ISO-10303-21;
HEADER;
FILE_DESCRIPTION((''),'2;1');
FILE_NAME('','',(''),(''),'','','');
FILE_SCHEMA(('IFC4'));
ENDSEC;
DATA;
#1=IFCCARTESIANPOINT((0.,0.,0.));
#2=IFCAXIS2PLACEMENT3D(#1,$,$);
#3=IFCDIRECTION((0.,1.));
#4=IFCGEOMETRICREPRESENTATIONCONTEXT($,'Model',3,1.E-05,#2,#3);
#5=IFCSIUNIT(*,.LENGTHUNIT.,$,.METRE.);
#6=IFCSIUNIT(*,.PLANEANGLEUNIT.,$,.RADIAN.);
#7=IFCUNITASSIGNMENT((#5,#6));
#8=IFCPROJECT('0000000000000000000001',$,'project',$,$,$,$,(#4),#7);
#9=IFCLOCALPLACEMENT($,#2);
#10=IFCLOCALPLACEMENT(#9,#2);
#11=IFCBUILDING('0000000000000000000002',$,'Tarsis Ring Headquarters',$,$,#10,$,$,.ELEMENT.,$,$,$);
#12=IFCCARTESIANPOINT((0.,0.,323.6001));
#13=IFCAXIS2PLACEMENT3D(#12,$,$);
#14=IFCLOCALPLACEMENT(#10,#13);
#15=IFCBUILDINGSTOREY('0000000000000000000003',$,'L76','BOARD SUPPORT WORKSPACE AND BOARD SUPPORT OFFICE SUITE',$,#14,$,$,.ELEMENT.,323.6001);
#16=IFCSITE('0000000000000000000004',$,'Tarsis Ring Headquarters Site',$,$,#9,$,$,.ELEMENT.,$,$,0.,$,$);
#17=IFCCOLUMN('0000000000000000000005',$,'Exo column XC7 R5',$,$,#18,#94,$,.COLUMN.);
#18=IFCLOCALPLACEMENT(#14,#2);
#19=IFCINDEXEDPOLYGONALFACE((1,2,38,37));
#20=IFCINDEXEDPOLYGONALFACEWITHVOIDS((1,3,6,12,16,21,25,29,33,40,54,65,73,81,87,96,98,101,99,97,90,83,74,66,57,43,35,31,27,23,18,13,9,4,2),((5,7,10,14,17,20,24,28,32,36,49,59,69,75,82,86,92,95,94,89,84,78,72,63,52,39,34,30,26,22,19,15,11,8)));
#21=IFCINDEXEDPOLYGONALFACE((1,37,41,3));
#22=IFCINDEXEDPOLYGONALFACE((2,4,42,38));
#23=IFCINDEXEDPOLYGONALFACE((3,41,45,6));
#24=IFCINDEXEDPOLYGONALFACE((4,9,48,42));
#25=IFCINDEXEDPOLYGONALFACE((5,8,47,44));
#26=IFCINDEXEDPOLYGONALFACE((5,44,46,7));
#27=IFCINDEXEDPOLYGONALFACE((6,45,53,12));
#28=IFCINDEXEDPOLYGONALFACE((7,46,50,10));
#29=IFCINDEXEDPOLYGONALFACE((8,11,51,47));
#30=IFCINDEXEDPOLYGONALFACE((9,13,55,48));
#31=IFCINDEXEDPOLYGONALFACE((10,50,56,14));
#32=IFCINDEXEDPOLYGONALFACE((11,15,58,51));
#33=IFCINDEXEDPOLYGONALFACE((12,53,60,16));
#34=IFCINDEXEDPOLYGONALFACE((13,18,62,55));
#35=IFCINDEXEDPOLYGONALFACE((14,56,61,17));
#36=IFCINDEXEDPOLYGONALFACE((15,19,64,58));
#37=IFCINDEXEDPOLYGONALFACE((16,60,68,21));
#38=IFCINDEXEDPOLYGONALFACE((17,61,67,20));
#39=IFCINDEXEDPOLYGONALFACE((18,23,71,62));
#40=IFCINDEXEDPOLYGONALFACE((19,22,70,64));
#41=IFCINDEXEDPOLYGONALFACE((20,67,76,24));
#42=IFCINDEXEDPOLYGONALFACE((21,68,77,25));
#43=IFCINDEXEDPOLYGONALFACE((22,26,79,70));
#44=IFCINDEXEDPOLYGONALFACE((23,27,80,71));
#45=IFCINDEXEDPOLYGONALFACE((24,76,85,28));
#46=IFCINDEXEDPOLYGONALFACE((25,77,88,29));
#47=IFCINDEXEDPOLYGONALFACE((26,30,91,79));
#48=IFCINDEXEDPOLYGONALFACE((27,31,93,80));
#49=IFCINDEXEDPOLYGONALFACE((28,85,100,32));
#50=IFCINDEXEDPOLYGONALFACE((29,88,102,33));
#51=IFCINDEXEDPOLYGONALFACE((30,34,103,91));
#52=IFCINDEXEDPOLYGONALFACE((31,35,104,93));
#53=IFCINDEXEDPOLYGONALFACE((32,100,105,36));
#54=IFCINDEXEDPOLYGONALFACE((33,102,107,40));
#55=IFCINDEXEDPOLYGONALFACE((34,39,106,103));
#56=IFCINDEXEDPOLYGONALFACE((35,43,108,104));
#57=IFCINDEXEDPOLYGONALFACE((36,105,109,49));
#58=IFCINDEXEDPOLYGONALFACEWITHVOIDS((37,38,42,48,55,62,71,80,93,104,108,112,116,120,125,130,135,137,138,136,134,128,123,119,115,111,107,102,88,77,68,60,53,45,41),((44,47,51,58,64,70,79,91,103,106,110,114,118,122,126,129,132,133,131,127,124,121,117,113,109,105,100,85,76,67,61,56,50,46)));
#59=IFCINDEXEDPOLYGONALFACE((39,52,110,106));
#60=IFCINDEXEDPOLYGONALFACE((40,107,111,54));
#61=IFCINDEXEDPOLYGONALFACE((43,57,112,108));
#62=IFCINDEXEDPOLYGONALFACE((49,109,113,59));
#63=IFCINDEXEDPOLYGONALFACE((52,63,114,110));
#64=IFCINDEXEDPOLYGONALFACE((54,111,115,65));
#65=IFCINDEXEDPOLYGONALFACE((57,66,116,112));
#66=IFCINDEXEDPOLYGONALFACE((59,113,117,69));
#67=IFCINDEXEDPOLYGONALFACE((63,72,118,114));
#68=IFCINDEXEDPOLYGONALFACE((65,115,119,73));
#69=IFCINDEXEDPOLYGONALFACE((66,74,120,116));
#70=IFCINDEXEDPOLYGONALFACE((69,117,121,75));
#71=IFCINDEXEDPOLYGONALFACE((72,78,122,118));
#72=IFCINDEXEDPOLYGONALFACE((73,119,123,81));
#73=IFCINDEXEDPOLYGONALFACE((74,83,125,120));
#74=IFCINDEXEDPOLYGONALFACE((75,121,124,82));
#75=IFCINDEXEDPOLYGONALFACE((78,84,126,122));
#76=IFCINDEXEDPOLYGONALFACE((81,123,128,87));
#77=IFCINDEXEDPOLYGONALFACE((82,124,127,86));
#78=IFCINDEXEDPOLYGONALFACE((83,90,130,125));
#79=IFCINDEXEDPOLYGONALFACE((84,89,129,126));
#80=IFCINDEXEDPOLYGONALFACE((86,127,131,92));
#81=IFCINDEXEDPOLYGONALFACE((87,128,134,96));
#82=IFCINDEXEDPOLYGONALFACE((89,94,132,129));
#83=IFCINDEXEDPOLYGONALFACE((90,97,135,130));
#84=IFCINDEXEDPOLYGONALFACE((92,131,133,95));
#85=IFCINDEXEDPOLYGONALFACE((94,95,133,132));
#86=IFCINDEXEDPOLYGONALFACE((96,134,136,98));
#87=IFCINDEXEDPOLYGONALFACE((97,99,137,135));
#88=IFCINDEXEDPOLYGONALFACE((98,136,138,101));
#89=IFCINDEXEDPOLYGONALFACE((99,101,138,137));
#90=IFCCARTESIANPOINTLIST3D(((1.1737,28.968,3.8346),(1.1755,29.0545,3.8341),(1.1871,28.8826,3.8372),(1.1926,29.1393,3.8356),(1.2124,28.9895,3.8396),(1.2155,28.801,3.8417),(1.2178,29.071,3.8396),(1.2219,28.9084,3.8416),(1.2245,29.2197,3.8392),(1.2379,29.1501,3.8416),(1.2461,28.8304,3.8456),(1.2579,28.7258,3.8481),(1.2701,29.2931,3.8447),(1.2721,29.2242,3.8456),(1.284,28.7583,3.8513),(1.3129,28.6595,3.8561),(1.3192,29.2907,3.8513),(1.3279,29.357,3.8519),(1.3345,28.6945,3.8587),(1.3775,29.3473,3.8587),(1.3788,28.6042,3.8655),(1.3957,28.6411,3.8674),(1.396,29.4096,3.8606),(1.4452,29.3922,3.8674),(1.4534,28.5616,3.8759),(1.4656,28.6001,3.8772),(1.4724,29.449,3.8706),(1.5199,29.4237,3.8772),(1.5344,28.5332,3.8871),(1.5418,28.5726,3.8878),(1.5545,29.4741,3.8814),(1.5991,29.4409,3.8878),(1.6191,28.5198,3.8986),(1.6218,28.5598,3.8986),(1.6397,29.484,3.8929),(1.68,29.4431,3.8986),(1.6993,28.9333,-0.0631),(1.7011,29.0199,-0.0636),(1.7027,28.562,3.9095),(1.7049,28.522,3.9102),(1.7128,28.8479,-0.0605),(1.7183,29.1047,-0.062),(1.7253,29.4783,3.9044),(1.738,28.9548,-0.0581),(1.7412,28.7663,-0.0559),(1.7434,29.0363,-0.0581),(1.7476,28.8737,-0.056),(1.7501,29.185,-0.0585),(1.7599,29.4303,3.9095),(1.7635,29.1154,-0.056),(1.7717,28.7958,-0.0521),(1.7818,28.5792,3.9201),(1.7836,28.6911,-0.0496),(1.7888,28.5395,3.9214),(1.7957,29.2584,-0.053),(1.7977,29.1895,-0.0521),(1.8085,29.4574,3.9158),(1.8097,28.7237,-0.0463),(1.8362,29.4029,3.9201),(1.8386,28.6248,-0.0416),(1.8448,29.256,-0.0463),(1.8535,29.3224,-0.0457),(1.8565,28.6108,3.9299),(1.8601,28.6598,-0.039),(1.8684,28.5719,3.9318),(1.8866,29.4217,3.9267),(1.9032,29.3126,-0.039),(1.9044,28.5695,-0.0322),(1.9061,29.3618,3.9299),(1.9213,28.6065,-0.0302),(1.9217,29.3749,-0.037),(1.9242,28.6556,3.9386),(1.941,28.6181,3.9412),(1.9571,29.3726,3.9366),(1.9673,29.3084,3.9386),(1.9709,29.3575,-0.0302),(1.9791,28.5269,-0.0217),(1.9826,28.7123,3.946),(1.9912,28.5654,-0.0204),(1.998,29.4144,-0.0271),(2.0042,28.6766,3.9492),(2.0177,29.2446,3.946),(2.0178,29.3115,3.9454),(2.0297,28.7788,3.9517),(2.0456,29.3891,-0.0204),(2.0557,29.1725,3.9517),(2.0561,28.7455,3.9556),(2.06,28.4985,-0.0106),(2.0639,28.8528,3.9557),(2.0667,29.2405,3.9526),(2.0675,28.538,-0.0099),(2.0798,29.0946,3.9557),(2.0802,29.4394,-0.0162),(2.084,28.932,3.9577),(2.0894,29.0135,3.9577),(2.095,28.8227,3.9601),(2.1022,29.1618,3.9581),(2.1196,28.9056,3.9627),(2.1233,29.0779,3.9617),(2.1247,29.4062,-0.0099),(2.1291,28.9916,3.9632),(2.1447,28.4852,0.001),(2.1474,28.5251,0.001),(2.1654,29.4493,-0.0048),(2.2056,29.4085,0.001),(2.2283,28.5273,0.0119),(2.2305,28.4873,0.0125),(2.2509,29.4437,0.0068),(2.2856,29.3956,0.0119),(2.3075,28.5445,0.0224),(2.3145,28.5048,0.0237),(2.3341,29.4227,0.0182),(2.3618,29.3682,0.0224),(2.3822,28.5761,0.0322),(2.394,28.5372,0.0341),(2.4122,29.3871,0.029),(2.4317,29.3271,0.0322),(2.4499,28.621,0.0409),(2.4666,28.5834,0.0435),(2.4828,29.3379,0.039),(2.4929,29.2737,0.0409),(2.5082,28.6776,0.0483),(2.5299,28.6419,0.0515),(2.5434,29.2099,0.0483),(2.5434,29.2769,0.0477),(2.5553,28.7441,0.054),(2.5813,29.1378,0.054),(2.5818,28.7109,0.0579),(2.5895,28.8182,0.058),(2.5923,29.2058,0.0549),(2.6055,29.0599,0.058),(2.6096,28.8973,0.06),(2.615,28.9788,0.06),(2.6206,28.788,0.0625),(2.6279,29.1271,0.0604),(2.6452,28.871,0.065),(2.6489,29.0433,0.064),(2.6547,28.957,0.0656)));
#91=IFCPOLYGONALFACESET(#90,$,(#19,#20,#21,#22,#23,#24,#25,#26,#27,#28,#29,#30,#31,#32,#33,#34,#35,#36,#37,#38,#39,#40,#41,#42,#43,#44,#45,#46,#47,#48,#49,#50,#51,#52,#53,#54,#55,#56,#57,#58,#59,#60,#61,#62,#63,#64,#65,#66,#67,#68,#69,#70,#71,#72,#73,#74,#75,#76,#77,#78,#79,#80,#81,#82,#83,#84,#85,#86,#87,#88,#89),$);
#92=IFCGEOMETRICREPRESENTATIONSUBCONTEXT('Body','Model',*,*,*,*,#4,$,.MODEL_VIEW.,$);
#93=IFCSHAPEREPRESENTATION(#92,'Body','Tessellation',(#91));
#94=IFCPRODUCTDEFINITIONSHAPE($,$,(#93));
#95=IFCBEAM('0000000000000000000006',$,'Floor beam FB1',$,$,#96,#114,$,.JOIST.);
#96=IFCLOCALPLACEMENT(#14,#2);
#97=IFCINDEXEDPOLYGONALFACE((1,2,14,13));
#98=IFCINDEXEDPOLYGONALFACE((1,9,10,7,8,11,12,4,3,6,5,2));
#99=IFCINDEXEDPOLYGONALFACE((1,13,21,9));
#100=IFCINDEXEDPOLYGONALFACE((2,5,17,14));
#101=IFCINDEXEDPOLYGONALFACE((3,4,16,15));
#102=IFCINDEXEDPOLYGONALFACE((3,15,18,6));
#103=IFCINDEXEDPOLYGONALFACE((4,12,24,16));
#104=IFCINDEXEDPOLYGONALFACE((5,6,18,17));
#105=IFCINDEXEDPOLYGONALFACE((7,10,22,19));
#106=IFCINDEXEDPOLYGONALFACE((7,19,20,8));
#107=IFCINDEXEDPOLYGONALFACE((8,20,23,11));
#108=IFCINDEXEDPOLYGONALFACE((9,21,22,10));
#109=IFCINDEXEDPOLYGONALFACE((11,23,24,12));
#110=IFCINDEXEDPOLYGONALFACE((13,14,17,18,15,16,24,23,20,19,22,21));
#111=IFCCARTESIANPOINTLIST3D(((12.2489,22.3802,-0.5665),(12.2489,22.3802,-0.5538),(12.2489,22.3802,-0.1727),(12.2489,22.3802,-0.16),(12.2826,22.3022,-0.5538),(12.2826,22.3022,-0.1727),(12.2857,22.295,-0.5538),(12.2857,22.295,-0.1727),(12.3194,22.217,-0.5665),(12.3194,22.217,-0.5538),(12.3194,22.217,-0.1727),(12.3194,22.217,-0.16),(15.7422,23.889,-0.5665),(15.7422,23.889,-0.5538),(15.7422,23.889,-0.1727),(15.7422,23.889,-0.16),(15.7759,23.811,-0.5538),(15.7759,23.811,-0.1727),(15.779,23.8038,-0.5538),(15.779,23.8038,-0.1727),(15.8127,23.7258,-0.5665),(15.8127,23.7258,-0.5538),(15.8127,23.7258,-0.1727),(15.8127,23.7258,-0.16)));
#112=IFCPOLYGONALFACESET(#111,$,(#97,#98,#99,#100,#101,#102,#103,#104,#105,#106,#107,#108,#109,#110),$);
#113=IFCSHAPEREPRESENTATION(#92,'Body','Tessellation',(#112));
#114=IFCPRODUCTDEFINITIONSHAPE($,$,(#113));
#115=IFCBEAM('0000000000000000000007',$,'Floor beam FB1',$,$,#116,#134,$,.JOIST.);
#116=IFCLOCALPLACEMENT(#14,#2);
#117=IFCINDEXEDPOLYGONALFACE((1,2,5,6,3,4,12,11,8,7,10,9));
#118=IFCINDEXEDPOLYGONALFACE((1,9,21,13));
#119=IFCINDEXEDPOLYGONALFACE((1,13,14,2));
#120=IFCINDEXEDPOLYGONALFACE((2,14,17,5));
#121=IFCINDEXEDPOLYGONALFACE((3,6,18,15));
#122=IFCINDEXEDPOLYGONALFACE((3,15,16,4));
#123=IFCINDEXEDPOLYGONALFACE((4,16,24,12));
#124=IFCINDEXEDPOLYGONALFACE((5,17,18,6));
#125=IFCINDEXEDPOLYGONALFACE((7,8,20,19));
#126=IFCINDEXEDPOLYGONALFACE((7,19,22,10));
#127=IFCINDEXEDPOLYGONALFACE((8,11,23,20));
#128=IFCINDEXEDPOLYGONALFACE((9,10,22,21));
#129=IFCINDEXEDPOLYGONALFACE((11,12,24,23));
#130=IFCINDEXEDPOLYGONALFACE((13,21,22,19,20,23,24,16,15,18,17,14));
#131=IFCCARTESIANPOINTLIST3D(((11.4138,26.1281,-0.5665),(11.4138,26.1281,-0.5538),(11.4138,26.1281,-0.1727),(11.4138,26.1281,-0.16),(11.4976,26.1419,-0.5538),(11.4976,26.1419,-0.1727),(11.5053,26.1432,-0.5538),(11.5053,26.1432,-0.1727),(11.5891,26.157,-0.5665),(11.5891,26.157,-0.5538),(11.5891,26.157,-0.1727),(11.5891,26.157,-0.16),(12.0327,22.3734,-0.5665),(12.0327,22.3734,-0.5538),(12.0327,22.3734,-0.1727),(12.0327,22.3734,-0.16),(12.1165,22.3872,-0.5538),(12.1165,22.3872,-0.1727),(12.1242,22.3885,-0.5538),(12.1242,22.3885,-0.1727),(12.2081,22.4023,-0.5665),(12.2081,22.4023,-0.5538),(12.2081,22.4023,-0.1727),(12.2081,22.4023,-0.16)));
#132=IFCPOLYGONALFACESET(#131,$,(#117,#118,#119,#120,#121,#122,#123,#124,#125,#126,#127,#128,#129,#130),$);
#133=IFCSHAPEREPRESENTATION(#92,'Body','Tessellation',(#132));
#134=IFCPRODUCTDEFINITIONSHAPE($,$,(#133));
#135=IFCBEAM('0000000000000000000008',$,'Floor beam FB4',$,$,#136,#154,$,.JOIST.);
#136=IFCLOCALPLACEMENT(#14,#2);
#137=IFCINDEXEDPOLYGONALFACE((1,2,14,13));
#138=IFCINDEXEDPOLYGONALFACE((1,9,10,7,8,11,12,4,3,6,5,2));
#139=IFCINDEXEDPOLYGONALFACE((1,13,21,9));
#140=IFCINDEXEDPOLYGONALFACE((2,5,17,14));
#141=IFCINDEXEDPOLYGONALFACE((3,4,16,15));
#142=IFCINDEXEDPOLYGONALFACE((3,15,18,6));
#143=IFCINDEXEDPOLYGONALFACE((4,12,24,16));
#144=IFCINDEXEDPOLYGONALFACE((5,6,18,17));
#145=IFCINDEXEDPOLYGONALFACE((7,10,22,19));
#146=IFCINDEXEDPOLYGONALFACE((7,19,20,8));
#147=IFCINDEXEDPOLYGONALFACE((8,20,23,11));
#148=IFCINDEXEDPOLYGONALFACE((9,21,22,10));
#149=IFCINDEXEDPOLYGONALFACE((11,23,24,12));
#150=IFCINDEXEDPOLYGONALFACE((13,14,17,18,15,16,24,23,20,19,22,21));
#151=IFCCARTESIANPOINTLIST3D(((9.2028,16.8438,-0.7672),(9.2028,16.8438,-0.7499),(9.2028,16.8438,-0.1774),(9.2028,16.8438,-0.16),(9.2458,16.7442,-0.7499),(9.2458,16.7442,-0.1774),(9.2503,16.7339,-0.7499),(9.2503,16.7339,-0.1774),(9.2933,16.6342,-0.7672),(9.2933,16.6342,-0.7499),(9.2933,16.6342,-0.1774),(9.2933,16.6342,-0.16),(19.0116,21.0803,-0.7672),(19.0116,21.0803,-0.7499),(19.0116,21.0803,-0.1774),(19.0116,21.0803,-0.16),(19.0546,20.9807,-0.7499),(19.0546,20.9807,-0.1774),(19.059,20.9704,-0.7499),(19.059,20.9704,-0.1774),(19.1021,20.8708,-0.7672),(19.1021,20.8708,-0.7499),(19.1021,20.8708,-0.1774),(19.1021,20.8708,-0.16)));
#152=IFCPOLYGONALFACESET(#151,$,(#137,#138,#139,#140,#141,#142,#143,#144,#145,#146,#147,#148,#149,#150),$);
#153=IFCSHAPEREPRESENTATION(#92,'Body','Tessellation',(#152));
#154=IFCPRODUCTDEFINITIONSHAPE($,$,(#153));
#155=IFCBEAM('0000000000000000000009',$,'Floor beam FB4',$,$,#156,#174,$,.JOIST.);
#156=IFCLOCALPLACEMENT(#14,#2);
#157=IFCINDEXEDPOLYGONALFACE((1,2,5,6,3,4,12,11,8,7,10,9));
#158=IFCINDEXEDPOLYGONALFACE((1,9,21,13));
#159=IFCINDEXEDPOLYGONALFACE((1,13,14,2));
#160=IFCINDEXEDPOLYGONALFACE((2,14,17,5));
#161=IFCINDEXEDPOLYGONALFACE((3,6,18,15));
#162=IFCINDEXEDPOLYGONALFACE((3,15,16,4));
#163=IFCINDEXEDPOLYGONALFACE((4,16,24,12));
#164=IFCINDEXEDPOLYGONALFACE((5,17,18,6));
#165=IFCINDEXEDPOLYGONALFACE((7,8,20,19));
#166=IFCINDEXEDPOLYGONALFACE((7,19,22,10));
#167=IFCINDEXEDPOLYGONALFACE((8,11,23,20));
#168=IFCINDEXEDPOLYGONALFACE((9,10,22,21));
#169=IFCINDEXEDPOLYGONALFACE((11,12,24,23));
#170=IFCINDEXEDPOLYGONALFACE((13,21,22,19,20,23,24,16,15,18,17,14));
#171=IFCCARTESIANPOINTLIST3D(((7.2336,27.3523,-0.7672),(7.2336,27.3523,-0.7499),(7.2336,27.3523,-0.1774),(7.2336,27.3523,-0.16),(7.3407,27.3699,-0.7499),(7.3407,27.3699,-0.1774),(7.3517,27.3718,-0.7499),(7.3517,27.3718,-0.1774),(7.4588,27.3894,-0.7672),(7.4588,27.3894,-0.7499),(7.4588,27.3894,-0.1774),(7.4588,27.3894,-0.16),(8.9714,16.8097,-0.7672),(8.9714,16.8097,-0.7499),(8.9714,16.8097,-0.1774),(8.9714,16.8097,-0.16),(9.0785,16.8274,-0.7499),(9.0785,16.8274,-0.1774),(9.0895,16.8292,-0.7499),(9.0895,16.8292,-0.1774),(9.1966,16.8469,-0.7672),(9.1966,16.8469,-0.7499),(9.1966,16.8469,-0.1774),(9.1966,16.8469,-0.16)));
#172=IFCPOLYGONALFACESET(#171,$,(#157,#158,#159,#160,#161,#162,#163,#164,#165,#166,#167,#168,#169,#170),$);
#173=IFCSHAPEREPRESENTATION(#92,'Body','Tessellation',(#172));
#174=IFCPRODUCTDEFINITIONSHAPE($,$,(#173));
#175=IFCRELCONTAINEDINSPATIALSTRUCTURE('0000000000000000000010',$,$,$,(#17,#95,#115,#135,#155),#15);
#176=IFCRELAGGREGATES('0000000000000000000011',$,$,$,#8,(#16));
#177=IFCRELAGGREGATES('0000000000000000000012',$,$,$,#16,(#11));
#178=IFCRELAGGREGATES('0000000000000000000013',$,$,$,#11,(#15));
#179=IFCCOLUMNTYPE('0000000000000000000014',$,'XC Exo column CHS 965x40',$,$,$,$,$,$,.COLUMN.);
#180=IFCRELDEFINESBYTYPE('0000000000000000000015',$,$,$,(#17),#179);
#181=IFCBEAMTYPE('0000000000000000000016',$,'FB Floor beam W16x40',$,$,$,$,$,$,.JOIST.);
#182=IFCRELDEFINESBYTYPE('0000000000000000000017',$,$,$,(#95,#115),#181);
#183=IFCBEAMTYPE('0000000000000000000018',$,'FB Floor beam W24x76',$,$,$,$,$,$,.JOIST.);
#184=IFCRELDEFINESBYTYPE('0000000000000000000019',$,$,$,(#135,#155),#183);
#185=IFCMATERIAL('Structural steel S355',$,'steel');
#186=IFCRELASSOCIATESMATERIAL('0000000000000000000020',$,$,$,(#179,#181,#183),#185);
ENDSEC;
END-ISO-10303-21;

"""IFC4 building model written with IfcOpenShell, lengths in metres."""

from ifc_helpers import new_model, si_unit, direction, frame, origin, origin_2d, place, context, subcontext, project, spatial, hollow_circle, i_section, extrude, material, material_profile, profile_set, type_object, element, save


model = new_model("IFC4")

# Units and contexts
model_context = context("Model", 3, precision=1e-05, world=origin(), true_north=direction((0.0, 1.0)))
body_context = subcontext(model_context, "Body", "Model", "MODEL_VIEW")
ifc_project = project(units=[si_unit("LENGTHUNIT", "METRE"), si_unit("PLANEANGLEUNIT", "RADIAN")], contexts=[model_context])

# Site, building, storey
site_placement = place(None, origin())
site = spatial("IfcSite", under=ifc_project, at=site_placement, Name="Tarsis Ring Headquarters Site", CompositionType="ELEMENT", RefElevation=0.0)
building_placement = place(site_placement, origin())
building = spatial("IfcBuilding", under=site, at=building_placement, Name="Tarsis Ring Headquarters", CompositionType="ELEMENT")
storey_placement = place(building_placement, frame((0.0, 0.0, 323.6001)))
storey = spatial("IfcBuildingStorey", under=building, at=storey_placement, Name="L76", Description="BOARD SUPPORT WORKSPACE AND BOARD SUPPORT OFFICE SUITE", CompositionType="ELEMENT", Elevation=323.6001)

# Column
ifc_material_1 = material(Name="Structural steel S355", Category="steel")
ifc_material_profile_1 = material_profile(ifc_material_1, hollow_circle(Radius=0.4827, WallThickness=0.04, at=origin_2d()), Name="CHS 965x40")
ifc_profile_set_1 = profile_set([ifc_material_profile_1], Name="Structural steel S355")
column_type = type_object("IfcColumnType", Name="XC Exo column CHS 965x40", PredefinedType="COLUMN", material=ifc_profile_set_1)
column_placement = place(storey_placement, frame((2.1765, 28.9668, 0.001), z_axis=(-0.133642, 0.008814, 0.99099), x_axis=(-0.065811, -0.997832, 0.0)))
element("IfcColumn", 1, at=column_placement, inside=storey, type_object=column_type, Name="Exo column XC7 R5", PredefinedType="COLUMN", context=body_context, shape_type="SweptSolid", body=[
    extrude(hollow_circle(Radius=0.4827, WallThickness=0.04, at=origin_2d()), origin(), (0.0, 0.0, 1.0), 3.9331),
])

# Beams
ifc_material_profile_2 = material_profile(ifc_material_1, i_section(OverallWidth=0.1777, OverallDepth=0.4065, WebThickness=0.0078, FlangeThickness=0.0127, at=origin_2d()), Name="W16x40")
ifc_profile_set_2 = profile_set([ifc_material_profile_2], Name="Structural steel S355")
beam_type_1 = type_object("IfcBeamType", Name="FB Floor beam W16x40", PredefinedType="JOIST", material=ifc_profile_set_2)
beam_1_placement = place(storey_placement, frame((12.2842, 22.2986, -0.3633), z_axis=(0.918026, 0.39652, 0.0), x_axis=(-0.39652, 0.918026, 0.0)))
element("IfcBeam", 2, at=beam_1_placement, inside=storey, type_object=beam_type_1, Name="Floor beam FB1", PredefinedType="JOIST", context=body_context, shape_type="SweptSolid", body=[
    extrude(i_section(OverallWidth=0.1777, OverallDepth=0.4065, WebThickness=0.0078, FlangeThickness=0.0127, at=origin_2d()), origin(), (0.0, 0.0, 1.0), 3.8052),
])
beam_2_placement = place(storey_placement, frame((11.5015, 26.1426, -0.3633), z_axis=(0.16264, -0.986685, 0.0), x_axis=(0.986685, 0.16264, 0.0)))
element("IfcBeam", 3, at=beam_2_placement, inside=storey, type_object=beam_type_1, Name="Floor beam FB1", PredefinedType="JOIST", context=body_context, shape_type="SweptSolid", body=[
    extrude(i_section(OverallWidth=0.1777, OverallDepth=0.4065, WebThickness=0.0078, FlangeThickness=0.0127, at=origin_2d()), origin(), (0.0, 0.0, 1.0), 3.8054),
])
ifc_material_profile_3 = material_profile(ifc_material_1, i_section(OverallWidth=0.2283, OverallDepth=0.6072, WebThickness=0.0112, FlangeThickness=0.0173, at=origin_2d()), Name="W24x76")
ifc_profile_set_3 = profile_set([ifc_material_profile_3], Name="Structural steel S355")
beam_type_2 = type_object("IfcBeamType", Name="FB Floor beam W24x76", PredefinedType="JOIST", material=ifc_profile_set_3)
beam_3_placement = place(storey_placement, frame((9.248, 16.739, -0.4636), z_axis=(0.91803, 0.39651, 0.0), x_axis=(-0.39651, 0.91803, 0.0)))
element("IfcBeam", 4, at=beam_3_placement, inside=storey, type_object=beam_type_2, Name="Floor beam FB4", PredefinedType="JOIST", context=body_context, shape_type="SweptSolid", body=[
    extrude(i_section(OverallWidth=0.2283, OverallDepth=0.6072, WebThickness=0.0112, FlangeThickness=0.0173, at=origin_2d()), origin(), (0.0, 0.0, 1.0), 10.6846),
])
beam_4_placement = place(storey_placement, frame((7.3462, 27.3708, -0.4636), z_axis=(0.162642, -0.986685, 0.0), x_axis=(0.986685, 0.162642, 0.0)))
element("IfcBeam", 5, at=beam_4_placement, inside=storey, type_object=beam_type_2, Name="Floor beam FB4", PredefinedType="JOIST", context=body_context, shape_type="SweptSolid", body=[
    extrude(i_section(OverallWidth=0.2283, OverallDepth=0.6072, WebThickness=0.0112, FlangeThickness=0.0173, at=origin_2d()), origin(), (0.0, 0.0, 1.0), 10.6848),
])

save(model, "model.ifc")
